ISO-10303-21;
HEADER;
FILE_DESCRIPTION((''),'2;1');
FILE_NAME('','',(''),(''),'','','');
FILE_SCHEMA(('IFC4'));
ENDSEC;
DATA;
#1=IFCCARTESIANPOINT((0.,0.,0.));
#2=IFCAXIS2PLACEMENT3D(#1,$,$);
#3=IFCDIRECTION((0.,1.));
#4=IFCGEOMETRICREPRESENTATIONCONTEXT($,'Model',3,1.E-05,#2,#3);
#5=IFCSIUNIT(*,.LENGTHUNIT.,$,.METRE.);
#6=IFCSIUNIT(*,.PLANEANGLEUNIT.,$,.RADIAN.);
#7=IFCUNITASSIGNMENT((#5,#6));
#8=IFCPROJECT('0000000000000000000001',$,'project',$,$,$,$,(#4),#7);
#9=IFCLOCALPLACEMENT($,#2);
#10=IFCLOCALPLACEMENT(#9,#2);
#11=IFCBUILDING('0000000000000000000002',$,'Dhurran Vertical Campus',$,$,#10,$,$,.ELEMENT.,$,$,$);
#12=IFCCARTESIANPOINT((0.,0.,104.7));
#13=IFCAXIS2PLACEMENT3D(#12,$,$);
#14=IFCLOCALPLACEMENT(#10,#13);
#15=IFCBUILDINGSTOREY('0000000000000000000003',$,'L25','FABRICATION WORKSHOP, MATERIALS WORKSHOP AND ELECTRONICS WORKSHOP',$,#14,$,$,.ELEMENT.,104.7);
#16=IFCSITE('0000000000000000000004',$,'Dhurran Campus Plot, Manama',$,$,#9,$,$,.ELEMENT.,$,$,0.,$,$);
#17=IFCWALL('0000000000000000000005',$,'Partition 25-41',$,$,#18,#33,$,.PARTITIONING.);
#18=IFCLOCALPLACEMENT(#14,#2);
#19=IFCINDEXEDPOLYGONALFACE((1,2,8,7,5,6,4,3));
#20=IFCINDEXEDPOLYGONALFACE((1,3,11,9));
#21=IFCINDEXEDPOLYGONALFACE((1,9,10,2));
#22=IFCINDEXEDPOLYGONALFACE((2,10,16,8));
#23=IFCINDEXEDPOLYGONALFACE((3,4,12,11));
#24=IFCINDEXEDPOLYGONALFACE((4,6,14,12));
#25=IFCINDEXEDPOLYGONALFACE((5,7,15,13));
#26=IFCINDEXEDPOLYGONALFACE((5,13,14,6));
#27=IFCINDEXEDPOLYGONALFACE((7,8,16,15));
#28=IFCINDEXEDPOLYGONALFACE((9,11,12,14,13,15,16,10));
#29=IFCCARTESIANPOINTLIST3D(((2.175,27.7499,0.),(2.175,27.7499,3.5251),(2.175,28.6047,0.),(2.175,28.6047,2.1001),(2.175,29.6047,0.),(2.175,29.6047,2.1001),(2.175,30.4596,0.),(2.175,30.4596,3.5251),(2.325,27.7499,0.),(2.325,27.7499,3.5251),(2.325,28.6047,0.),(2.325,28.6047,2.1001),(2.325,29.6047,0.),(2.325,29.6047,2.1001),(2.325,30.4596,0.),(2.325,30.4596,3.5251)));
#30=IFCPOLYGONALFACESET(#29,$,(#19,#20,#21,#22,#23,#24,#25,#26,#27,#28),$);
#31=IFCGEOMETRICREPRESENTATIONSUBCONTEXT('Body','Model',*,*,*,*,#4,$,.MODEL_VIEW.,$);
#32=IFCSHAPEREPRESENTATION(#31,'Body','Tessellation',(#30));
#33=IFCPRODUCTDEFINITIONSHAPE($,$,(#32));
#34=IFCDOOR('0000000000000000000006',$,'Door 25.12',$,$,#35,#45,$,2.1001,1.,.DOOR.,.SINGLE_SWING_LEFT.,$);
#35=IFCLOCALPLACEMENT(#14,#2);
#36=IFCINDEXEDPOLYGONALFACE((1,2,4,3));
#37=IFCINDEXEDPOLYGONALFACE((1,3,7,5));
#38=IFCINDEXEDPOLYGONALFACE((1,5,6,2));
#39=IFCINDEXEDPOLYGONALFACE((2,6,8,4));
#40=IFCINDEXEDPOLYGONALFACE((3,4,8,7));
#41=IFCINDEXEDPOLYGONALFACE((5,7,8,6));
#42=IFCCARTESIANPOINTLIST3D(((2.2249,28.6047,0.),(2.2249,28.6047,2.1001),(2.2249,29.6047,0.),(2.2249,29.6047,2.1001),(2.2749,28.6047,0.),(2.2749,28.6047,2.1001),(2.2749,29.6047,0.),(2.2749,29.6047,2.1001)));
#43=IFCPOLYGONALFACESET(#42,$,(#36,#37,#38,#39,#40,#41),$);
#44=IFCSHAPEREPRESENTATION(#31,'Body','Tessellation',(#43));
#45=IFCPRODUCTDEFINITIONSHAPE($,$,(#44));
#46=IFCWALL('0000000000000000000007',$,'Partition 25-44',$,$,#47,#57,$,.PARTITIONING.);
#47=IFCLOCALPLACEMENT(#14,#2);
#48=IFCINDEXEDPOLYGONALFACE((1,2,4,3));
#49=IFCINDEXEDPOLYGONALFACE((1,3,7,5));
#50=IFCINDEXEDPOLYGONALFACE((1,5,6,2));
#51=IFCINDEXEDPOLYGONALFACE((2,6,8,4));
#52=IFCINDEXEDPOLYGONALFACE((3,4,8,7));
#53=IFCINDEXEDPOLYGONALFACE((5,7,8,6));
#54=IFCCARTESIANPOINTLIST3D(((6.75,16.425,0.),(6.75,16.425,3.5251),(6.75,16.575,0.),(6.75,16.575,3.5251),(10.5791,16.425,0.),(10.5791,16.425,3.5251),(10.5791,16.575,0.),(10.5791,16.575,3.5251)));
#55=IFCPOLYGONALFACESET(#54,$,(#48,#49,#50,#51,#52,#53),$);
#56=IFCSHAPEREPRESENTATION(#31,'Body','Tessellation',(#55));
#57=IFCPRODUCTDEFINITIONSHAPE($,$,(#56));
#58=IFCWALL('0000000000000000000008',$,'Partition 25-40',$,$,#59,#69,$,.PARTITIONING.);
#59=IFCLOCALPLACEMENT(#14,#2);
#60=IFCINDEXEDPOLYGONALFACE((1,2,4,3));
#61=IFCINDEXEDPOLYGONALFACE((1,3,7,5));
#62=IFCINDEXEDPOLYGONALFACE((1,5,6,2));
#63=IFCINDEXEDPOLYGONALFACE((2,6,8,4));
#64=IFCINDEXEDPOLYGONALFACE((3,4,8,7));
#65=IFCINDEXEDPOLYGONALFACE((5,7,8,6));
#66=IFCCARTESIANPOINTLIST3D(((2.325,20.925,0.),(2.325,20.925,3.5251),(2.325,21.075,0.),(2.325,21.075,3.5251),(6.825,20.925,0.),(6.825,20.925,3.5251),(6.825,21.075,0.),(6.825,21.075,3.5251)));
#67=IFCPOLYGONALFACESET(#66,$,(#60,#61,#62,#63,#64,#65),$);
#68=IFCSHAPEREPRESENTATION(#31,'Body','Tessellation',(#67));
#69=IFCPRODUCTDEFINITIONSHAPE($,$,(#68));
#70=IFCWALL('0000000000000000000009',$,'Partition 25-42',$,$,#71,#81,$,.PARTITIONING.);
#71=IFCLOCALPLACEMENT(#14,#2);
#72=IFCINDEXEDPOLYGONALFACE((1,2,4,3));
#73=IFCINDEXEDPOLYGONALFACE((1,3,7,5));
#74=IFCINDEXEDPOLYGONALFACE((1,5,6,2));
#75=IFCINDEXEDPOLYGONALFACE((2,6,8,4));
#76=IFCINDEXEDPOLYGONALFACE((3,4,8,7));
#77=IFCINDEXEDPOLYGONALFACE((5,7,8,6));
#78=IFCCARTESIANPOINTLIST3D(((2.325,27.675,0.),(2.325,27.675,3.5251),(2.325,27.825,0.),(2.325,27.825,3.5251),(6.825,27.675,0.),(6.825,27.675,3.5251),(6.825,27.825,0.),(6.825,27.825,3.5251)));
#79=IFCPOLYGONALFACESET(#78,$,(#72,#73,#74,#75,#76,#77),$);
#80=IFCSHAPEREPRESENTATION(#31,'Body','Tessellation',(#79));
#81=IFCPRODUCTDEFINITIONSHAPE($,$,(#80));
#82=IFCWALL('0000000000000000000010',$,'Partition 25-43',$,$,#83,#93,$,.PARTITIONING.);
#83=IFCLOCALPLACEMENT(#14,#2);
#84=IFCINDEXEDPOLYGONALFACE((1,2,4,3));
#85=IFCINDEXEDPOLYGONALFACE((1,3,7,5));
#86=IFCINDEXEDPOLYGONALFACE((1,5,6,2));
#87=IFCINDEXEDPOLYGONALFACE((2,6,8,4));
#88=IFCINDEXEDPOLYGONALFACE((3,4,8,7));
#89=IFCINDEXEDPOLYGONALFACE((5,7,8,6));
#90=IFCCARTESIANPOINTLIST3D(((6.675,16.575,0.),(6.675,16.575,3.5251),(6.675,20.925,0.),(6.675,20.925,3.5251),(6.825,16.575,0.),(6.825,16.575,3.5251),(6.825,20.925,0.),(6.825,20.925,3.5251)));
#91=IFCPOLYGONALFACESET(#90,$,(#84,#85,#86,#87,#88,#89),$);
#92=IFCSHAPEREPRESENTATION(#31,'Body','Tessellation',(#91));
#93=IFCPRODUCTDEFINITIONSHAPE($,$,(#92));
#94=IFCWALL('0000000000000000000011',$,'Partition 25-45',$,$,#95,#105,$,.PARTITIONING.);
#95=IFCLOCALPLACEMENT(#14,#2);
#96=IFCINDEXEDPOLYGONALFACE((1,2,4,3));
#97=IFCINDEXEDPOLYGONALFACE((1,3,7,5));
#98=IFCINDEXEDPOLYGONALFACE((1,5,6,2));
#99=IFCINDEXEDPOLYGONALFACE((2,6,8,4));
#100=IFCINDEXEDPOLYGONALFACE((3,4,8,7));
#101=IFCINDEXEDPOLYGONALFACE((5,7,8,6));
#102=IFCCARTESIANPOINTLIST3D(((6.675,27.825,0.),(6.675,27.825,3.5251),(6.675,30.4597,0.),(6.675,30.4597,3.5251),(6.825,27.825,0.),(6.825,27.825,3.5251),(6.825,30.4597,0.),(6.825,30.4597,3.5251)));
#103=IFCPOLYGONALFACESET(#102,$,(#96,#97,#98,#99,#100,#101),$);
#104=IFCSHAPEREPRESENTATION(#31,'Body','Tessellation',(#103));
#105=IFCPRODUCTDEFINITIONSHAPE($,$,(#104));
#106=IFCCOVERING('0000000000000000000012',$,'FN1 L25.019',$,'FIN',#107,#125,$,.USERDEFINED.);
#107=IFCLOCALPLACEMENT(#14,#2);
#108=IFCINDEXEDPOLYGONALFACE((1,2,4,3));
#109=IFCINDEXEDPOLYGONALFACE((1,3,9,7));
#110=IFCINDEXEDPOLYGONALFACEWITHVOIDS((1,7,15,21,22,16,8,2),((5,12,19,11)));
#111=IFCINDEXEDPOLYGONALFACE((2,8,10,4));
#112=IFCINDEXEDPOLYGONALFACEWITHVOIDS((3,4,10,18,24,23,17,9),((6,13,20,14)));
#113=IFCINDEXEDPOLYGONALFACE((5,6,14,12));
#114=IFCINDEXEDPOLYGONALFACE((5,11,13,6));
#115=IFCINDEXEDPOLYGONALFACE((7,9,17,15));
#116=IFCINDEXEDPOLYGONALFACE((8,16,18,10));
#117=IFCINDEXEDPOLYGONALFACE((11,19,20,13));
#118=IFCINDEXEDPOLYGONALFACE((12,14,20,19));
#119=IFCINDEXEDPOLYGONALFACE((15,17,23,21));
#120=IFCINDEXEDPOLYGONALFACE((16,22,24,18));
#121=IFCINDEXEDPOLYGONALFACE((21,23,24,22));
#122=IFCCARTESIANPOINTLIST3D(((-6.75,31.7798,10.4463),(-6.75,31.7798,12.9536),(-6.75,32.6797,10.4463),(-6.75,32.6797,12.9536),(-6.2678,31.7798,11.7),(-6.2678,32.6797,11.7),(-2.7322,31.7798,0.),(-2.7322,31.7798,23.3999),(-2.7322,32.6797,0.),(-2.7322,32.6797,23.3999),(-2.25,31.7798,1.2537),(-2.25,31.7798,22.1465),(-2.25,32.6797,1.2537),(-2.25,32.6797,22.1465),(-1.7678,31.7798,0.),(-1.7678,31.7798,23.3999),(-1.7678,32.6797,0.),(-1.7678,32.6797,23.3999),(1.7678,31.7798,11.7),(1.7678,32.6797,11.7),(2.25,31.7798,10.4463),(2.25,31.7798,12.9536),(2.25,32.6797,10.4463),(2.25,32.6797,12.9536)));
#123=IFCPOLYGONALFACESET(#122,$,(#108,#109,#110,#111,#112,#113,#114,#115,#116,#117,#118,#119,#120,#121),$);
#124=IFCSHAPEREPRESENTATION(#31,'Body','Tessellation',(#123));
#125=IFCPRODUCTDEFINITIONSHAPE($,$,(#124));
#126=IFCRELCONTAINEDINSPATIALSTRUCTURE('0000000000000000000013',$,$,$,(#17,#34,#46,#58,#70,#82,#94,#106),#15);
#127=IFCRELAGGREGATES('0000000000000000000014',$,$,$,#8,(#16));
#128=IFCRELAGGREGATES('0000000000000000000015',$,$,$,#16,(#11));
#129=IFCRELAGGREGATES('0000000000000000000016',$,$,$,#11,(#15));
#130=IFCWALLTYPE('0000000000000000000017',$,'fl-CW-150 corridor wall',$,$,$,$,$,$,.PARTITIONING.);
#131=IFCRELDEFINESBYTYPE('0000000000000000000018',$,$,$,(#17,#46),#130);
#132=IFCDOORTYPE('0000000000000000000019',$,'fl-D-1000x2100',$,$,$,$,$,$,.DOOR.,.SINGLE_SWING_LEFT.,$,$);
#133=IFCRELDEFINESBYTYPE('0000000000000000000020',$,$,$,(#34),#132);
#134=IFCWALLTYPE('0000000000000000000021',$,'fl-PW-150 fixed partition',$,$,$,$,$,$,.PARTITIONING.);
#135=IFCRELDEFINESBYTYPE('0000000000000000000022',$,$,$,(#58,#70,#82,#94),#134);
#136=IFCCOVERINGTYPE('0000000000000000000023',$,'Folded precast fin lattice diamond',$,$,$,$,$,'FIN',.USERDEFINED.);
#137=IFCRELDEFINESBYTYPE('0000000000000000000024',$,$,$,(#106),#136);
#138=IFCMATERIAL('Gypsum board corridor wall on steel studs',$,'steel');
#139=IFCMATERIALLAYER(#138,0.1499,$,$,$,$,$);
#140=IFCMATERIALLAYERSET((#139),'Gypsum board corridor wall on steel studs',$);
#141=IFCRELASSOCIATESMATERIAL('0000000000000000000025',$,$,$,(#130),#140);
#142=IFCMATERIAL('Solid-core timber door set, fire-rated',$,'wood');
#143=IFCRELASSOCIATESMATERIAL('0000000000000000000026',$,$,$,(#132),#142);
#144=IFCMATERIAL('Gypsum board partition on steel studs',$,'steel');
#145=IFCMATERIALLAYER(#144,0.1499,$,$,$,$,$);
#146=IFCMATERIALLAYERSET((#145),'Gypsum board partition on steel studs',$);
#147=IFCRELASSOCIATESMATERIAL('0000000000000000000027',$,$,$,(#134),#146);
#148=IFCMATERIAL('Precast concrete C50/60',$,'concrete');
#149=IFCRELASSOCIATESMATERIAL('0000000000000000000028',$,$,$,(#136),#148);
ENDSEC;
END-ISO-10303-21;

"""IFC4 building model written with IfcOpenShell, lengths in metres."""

from ifc_helpers import new_model, si_unit, direction, frame, frame_2d, origin, place, context, subcontext, project, spatial, polyline, rectangle, outline, extrude, material, layer, layer_set, type_object, element, fill, save


model = new_model("IFC4")

# Units and contexts
model_context = context("Model", 3, precision=1e-05, world=origin(), true_north=direction((0.0, 1.0)))
body_context = subcontext(model_context, "Body", "Model", "MODEL_VIEW")
ifc_project = project(units=[si_unit("LENGTHUNIT", "METRE"), si_unit("PLANEANGLEUNIT", "RADIAN")], contexts=[model_context])

# Site, building, storey
site_placement = place(None, origin())
site = spatial("IfcSite", under=ifc_project, at=site_placement, Name="Dhurran Campus Plot, Manama", CompositionType="ELEMENT", RefElevation=0.0)
building_placement = place(site_placement, origin())
building = spatial("IfcBuilding", under=site, at=building_placement, Name="Dhurran Vertical Campus", CompositionType="ELEMENT")
storey_placement = place(building_placement, frame((0.0, 0.0, 104.7)))
storey = spatial("IfcBuildingStorey", under=building, at=storey_placement, Name="L25", Description="FABRICATION WORKSHOP, MATERIALS WORKSHOP AND ELECTRONICS WORKSHOP", CompositionType="ELEMENT", Elevation=104.7)

# Shared definitions
ifc_material_1 = material(Name="Gypsum board corridor wall on steel studs", Category="steel")
ifc_layer_1 = layer(ifc_material_1, 0.1499)
ifc_layer_set_1 = layer_set([ifc_layer_1], Name="Gypsum board corridor wall on steel studs")
wall_type_1 = type_object("IfcWallType", Name="fl-CW-150 corridor wall", PredefinedType="PARTITIONING", material=ifc_layer_set_1)
ifc_material_2 = material(Name="Solid-core timber door set, fire-rated", Category="wood")
door_type_1 = type_object("IfcDoorType", Name="fl-D-1000x2100", OperationType="SINGLE_SWING_LEFT", PredefinedType="DOOR", material=ifc_material_2)

# Wall, opening, door
wall_1_placement = place(storey_placement, frame((2.25, 30.4597, 0.0), z_axis=(0.0, 0.0, 1.0), x_axis=(0.0, -1.0, 0.0)))
wall_1 = element("IfcWall", 1, at=wall_1_placement, inside=storey, type_object=wall_type_1, Name="Partition 25-41", PredefinedType="PARTITIONING", context=body_context, shape_type="SweptSolid", body=[
    extrude(rectangle(XDim=2.7097, YDim=0.1499, at=frame_2d((1.355, 0.0))), origin(), (0.0, 0.0, 1.0), 3.5251),
])
opening_1_placement = place(wall_1_placement, frame((0.855, 0.0, 0.0)))
opening_1 = element("IfcOpeningElement", 2, at=opening_1_placement, cuts=wall_1, PredefinedType="OPENING", context=body_context, shape_type="SweptSolid", body=[
    extrude(rectangle(XDim=1.0, YDim=2.1001, at=frame_2d((0.5, 1.05))), frame((0.0, 0.085, 0.0), z_axis=(0.0, -1.0, 0.0), x_axis=(1.0, 0.0, 0.0)), (0.0, 0.0, 1.0), 0.1699),
])
door_1_placement = place(opening_1_placement, origin())
door_1 = element("IfcDoor", 3, at=door_1_placement, inside=storey, type_object=door_type_1, Name="Door 25.12", OperationType="SINGLE_SWING_LEFT", OverallHeight=2.1001, OverallWidth=1.0, PredefinedType="DOOR", context=body_context, shape_type="SweptSolid", body=[
    extrude(rectangle(XDim=1.0, YDim=2.1001, at=frame_2d((0.5, 1.05))), frame((0.0, 0.0249, 0.0), z_axis=(0.0, -1.0, 0.0), x_axis=(1.0, 0.0, 0.0)), (0.0, 0.0, 1.0), 0.05),
])
fill(opening_1, door_1)

# Walls
wall_2_placement = place(storey_placement, frame((10.5791, 16.5, 0.0), z_axis=(0.0, 0.0, 1.0), x_axis=(-1.0, 0.0, 0.0)))
element("IfcWall", 4, at=wall_2_placement, inside=storey, type_object=wall_type_1, Name="Partition 25-44", PredefinedType="PARTITIONING", context=body_context, shape_type="SweptSolid", body=[
    extrude(rectangle(XDim=3.8291, YDim=0.1499, at=frame_2d((1.9146, 0.0))), origin(), (0.0, 0.0, 1.0), 3.5251),
])
ifc_material_3 = material(Name="Gypsum board partition on steel studs", Category="steel")
ifc_layer_2 = layer(ifc_material_3, 0.1499)
ifc_layer_set_2 = layer_set([ifc_layer_2], Name="Gypsum board partition on steel studs")
wall_type_2 = type_object("IfcWallType", Name="fl-PW-150 fixed partition", PredefinedType="PARTITIONING", material=ifc_layer_set_2)
for number, where, z_axis, x_axis, name in (
    (5, (2.325, 21.0, 0.0), (0.0, 0.0, 1.0), (1.0, 0.0, 0.0), "Partition 25-40"),
    (6, (6.825, 27.75, 0.0), (0.0, 0.0, 1.0), (-1.0, 0.0, 0.0), "Partition 25-42"),
):
    element("IfcWall", number, at=place(storey_placement, frame(where, z_axis=z_axis, x_axis=x_axis)), inside=storey, type_object=wall_type_2, Name=name, PredefinedType="PARTITIONING", context=body_context, shape_type="SweptSolid", body=[
        extrude(rectangle(XDim=4.5, YDim=0.1499, at=frame_2d((2.25, 0.0))), origin(), (0.0, 0.0, 1.0), 3.5251),
    ])
wall_3_placement = place(storey_placement, frame((6.75, 20.925, 0.0), z_axis=(0.0, 0.0, 1.0), x_axis=(0.0, -1.0, 0.0)))
element("IfcWall", 7, at=wall_3_placement, inside=storey, type_object=wall_type_2, Name="Partition 25-43", PredefinedType="PARTITIONING", context=body_context, shape_type="SweptSolid", body=[
    extrude(rectangle(XDim=4.3501, YDim=0.1499, at=frame_2d((2.175, 0.0))), origin(), (0.0, 0.0, 1.0), 3.5251),
])
wall_4_placement = place(storey_placement, frame((6.75, 30.4597, 0.0), z_axis=(0.0, 0.0, 1.0), x_axis=(0.0, -1.0, 0.0)))
element("IfcWall", 8, at=wall_4_placement, inside=storey, type_object=wall_type_2, Name="Partition 25-45", PredefinedType="PARTITIONING", context=body_context, shape_type="SweptSolid", body=[
    extrude(rectangle(XDim=2.6348, YDim=0.1499, at=frame_2d((1.3174, 0.0))), origin(), (0.0, 0.0, 1.0), 3.5251),
])

# Covering
ifc_material_4 = material(Name="Precast concrete C50/60", Category="concrete")
covering_type = type_object("IfcCoveringType", Name="Folded precast fin lattice diamond", ElementType="FIN", PredefinedType="USERDEFINED", material=ifc_material_4)
covering_placement = place(storey_placement, frame((2.25, 31.7798, 0.0), z_axis=(0.0, 1.0, 0.0), x_axis=(-1.0, 0.0, 0.0)))
element("IfcCovering", 9, at=covering_placement, inside=storey, type_object=covering_type, Name="FN1 L25.019", ObjectType="FIN", PredefinedType="USERDEFINED", context=body_context, shape_type="SweptSolid", body=[
    extrude(outline(polyline([(9.0, 12.9536), (9.0, 10.4463), (4.9822, 0.0), (4.0178, 0.0), (0.0, 10.4463), (0.0, 12.9536), (4.0178, 23.3999), (4.9822, 23.3999), (9.0, 12.9536)]), holes=[polyline([(8.5178, 11.7), (4.5, 22.1465), (0.4822, 11.7), (4.5, 1.2537), (8.5178, 11.7)])]), origin(), (0.0, 0.0, 1.0), 0.8999),
])

save(model, "model.ifc")
